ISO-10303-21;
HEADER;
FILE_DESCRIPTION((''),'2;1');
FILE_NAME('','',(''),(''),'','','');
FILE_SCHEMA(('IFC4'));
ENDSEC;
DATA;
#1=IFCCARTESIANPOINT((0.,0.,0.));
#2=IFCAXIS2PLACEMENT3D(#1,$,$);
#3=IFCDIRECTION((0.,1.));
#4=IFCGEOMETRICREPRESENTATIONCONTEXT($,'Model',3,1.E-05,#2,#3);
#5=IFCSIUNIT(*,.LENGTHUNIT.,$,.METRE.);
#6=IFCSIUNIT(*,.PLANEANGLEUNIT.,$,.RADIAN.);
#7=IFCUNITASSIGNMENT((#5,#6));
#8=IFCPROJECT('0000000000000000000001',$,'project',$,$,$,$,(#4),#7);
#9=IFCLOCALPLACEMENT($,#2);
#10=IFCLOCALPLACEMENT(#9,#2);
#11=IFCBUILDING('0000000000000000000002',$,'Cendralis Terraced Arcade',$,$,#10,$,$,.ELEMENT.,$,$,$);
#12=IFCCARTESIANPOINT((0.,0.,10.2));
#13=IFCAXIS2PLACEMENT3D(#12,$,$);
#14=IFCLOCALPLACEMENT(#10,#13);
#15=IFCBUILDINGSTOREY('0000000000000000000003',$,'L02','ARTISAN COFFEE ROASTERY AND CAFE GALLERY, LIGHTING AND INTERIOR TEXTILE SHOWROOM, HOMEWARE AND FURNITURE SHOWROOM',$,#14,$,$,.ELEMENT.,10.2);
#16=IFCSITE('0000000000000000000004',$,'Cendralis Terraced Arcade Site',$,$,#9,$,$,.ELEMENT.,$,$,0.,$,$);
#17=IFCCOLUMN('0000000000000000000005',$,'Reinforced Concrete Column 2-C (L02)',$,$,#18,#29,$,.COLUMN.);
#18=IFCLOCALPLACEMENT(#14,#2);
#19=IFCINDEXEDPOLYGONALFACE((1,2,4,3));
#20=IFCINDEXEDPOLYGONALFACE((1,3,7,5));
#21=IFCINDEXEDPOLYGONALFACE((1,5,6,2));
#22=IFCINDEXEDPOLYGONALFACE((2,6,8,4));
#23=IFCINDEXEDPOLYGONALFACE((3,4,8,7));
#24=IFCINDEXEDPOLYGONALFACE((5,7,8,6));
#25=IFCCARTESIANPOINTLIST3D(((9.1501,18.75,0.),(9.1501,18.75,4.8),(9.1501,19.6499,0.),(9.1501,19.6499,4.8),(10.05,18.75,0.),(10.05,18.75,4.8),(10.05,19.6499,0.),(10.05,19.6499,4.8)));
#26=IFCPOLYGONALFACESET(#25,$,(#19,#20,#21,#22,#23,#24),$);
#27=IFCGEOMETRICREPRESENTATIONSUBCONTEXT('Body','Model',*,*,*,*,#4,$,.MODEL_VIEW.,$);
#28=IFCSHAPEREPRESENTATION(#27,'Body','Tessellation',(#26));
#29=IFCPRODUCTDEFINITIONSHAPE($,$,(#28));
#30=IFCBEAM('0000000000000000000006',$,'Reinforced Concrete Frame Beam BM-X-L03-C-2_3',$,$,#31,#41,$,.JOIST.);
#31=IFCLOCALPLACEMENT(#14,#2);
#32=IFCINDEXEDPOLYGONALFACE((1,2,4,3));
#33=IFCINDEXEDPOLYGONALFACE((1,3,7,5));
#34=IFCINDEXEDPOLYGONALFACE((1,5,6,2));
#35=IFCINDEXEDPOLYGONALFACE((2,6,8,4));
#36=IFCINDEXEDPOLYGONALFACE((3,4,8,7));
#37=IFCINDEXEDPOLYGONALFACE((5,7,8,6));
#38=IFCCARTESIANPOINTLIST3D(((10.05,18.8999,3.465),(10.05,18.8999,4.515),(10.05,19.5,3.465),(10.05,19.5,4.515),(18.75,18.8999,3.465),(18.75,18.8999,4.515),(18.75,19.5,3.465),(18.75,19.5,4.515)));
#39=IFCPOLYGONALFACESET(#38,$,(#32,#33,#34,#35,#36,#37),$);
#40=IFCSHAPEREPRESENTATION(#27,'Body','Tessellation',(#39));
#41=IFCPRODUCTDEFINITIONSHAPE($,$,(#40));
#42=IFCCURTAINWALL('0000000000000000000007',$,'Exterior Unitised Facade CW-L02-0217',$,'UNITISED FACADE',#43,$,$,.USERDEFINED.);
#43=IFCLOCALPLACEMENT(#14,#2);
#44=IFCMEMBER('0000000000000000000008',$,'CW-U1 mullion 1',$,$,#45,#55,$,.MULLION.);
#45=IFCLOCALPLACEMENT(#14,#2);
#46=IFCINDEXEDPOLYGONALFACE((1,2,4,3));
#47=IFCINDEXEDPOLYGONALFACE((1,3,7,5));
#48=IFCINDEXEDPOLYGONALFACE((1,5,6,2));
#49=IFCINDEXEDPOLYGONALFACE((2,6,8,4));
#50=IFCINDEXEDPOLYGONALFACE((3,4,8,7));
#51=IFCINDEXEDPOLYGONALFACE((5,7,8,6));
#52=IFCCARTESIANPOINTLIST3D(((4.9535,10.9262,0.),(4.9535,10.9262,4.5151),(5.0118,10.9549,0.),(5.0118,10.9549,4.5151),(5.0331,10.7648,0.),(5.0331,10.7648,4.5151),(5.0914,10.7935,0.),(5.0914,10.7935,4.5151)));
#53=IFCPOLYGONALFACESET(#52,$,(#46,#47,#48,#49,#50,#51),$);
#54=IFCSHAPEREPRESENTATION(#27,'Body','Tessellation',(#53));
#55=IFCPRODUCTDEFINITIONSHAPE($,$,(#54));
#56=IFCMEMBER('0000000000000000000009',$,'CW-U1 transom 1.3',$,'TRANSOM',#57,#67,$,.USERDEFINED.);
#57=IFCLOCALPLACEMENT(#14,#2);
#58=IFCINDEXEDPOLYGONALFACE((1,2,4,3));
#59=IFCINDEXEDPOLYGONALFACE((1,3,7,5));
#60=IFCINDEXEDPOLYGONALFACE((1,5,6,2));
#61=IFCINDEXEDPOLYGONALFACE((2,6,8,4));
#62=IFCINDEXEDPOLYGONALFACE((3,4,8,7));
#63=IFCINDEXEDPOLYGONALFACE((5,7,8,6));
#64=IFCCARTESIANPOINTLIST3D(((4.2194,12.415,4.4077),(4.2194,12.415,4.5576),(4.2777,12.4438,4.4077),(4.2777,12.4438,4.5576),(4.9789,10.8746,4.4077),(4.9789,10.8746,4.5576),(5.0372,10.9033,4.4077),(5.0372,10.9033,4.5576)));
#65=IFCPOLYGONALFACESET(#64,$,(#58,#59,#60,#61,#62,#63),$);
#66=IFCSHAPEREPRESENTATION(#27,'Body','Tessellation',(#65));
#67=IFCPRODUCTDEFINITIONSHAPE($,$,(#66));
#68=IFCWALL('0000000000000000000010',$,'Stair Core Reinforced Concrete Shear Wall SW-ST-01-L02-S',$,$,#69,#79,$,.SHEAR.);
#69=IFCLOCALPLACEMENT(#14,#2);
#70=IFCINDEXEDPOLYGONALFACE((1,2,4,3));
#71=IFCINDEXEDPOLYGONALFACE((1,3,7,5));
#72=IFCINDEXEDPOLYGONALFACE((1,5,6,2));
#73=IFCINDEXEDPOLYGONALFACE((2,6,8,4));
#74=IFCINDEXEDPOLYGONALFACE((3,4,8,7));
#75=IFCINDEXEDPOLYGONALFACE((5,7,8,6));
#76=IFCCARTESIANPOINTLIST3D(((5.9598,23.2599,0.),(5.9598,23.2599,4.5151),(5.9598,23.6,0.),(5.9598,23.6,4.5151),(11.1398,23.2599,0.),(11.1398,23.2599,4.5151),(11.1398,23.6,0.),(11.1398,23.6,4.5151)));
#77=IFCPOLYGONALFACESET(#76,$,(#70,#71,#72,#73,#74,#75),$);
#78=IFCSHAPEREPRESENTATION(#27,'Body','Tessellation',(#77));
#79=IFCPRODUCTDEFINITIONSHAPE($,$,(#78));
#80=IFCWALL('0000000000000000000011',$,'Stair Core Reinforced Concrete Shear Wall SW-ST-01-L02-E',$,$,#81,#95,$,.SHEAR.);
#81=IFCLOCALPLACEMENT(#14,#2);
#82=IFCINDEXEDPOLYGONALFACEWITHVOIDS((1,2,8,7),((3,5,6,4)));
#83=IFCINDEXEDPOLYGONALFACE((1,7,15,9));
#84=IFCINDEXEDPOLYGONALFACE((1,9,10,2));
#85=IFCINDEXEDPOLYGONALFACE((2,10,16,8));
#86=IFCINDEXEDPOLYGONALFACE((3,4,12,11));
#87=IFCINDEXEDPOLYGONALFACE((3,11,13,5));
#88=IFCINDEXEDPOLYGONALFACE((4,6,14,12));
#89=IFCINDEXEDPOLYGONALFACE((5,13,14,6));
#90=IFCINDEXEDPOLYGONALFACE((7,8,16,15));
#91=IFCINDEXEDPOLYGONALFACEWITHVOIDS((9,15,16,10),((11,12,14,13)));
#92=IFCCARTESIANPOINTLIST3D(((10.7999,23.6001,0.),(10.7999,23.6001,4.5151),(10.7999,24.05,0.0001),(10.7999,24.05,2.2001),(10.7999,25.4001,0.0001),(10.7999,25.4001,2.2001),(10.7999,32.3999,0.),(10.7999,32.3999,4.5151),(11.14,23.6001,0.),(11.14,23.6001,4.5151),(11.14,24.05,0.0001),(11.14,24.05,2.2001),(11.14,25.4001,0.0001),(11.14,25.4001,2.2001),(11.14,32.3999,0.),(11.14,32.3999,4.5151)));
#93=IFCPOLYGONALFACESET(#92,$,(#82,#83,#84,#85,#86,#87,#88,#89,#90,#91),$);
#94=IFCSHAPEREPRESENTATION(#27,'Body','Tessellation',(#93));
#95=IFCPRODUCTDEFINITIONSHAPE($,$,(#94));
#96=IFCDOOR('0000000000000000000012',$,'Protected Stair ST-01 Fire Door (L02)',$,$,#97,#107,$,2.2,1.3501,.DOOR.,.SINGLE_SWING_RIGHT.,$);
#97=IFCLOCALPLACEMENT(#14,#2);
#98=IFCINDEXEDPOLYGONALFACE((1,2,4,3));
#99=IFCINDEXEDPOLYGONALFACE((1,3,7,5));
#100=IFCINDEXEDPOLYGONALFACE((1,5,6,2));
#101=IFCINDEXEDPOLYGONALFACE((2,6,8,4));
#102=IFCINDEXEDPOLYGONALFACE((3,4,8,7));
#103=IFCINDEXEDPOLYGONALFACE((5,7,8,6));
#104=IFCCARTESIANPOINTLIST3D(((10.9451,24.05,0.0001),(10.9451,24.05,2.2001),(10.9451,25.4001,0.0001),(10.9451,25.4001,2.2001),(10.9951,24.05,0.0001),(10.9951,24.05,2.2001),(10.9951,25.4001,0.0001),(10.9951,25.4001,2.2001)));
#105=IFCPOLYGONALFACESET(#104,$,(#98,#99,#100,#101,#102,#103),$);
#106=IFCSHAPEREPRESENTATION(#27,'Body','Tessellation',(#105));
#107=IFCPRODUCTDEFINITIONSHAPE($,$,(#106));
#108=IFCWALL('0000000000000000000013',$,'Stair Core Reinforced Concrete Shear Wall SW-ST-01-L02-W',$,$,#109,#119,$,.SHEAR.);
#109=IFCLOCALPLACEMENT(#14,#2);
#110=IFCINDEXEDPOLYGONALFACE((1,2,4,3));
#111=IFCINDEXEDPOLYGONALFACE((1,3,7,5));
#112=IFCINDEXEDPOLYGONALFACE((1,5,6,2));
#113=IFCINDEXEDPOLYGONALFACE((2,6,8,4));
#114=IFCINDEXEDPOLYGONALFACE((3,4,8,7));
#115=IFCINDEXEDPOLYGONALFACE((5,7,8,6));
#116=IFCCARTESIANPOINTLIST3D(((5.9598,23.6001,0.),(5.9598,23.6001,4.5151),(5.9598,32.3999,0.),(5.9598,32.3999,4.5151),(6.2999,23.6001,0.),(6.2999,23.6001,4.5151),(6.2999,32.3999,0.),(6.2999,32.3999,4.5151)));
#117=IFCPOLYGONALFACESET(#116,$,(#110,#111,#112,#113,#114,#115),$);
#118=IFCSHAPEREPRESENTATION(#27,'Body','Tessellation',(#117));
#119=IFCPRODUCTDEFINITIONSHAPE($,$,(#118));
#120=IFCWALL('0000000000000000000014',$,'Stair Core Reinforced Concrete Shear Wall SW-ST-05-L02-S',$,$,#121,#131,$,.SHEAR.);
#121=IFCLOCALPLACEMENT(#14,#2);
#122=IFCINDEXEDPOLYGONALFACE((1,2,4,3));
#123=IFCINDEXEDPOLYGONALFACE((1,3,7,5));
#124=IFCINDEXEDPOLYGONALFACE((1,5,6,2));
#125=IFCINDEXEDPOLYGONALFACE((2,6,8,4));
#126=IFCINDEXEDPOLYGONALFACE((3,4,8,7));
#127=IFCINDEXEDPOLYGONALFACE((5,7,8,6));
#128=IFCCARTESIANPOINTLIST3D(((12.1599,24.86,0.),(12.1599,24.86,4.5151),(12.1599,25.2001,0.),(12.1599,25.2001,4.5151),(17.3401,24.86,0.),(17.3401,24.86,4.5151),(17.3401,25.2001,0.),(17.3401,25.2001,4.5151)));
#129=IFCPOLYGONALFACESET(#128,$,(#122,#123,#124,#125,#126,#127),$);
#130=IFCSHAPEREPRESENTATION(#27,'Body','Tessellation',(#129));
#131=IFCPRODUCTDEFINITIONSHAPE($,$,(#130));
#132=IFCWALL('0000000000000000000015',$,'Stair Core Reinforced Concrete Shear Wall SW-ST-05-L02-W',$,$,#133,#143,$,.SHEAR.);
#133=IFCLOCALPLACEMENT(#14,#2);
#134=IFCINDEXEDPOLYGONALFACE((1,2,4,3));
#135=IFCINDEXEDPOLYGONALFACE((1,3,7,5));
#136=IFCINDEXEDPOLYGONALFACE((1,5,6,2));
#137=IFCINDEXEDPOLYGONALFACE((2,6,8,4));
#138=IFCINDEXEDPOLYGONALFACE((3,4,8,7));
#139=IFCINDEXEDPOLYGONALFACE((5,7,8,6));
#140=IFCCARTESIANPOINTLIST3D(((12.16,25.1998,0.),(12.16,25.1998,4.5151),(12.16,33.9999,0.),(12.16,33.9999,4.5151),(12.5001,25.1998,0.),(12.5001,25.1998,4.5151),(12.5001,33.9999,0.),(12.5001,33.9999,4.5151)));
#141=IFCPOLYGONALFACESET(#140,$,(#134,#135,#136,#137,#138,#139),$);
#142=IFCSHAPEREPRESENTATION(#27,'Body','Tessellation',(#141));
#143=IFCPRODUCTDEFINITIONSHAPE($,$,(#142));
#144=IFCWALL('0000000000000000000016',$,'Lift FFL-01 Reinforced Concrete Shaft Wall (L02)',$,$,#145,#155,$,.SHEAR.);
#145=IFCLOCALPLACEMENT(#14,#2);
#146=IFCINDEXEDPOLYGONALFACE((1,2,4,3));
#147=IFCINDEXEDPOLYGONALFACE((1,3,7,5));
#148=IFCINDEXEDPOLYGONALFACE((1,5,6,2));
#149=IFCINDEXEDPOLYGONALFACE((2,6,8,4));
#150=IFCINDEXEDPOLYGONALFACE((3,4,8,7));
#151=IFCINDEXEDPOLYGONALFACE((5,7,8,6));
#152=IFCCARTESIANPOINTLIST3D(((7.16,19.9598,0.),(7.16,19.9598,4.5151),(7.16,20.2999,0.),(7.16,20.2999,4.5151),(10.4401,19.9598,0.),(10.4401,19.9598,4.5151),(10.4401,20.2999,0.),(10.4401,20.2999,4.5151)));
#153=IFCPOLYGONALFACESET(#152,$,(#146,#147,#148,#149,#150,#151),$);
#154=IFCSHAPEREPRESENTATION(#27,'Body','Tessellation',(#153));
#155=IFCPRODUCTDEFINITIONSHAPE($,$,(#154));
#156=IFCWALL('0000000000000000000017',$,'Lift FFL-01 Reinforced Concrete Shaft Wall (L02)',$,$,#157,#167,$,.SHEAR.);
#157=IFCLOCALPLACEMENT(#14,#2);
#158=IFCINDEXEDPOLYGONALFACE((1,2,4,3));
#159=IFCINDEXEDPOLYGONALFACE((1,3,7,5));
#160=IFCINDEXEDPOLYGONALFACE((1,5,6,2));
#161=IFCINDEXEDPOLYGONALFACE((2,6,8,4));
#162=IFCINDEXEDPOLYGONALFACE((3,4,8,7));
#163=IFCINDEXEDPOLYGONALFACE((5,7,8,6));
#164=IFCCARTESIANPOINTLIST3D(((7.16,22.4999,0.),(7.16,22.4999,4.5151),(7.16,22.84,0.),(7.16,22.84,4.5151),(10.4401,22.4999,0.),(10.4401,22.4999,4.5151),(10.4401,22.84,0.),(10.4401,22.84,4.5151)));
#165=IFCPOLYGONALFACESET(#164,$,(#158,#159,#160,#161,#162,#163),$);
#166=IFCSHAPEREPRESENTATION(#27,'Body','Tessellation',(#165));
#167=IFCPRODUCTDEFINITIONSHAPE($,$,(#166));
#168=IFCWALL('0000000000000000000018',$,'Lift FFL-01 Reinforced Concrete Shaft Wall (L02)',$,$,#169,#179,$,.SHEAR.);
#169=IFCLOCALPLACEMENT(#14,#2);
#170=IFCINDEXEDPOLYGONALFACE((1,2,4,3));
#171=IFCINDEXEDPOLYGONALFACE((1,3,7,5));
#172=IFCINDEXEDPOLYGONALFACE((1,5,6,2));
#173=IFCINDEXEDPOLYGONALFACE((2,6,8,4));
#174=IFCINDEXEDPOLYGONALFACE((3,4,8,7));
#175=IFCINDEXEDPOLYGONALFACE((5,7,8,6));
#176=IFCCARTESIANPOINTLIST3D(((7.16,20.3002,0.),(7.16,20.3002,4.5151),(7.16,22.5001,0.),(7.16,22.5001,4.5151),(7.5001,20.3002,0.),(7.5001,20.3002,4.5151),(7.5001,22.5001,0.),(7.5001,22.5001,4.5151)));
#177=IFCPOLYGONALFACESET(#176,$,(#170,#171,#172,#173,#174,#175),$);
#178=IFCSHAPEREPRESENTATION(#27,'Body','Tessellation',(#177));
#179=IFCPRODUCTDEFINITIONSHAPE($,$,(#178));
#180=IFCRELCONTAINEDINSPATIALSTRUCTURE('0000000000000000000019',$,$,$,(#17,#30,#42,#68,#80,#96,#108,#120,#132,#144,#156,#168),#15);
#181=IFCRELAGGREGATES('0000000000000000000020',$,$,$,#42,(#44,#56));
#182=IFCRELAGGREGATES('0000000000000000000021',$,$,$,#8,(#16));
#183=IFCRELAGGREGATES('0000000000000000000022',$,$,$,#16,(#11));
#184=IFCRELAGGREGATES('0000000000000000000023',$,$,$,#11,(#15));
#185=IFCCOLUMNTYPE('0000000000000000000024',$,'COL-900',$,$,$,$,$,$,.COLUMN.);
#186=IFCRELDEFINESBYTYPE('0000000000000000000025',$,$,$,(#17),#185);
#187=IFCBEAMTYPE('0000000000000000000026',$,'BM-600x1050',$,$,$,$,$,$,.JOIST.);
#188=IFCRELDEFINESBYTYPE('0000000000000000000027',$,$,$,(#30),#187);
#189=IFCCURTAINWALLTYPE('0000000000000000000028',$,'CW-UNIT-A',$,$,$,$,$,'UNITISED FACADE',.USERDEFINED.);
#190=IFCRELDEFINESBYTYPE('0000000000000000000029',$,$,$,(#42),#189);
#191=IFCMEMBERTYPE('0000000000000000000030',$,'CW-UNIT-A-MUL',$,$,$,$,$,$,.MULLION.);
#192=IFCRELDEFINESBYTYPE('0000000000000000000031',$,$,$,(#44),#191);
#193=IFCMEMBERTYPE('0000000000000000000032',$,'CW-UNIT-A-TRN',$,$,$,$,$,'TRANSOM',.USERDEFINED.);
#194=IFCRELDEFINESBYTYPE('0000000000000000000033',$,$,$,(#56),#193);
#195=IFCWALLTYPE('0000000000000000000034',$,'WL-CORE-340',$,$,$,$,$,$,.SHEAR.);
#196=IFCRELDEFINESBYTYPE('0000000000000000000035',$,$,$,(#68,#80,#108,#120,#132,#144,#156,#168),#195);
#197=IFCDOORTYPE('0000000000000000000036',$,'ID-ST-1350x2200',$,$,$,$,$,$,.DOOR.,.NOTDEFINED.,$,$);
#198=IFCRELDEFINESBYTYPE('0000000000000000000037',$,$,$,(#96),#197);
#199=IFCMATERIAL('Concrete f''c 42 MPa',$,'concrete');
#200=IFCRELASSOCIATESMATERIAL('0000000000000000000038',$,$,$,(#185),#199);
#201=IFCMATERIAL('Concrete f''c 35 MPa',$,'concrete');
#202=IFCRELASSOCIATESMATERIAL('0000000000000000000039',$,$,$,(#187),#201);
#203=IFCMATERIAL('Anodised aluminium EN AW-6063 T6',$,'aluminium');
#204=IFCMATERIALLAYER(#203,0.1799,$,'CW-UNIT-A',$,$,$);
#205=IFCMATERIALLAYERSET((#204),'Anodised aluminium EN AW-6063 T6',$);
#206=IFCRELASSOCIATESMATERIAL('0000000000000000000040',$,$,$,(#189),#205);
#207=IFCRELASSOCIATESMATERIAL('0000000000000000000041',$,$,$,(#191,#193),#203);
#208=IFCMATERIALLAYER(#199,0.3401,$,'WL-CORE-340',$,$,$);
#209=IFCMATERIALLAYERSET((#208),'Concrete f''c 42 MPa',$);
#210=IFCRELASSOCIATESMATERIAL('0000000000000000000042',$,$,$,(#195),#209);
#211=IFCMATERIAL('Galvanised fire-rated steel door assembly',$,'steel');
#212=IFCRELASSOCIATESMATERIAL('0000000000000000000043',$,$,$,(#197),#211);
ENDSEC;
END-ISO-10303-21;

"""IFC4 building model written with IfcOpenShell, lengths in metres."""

from ifc_helpers import new_model, si_unit, direction, frame, frame_2d, origin, origin_2d, place, context, subcontext, project, spatial, rectangle, extrude, material, layer, layer_set, material_profile, profile_set, type_object, element, fill, aggregate, save


model = new_model("IFC4")

# Units and contexts
model_context = context("Model", 3, precision=1e-05, world=origin(), true_north=direction((0.0, 1.0)))
body_context = subcontext(model_context, "Body", "Model", "MODEL_VIEW")
ifc_project = project(units=[si_unit("LENGTHUNIT", "METRE"), si_unit("PLANEANGLEUNIT", "RADIAN")], contexts=[model_context])

# Site, building, storey
site_placement = place(None, origin())
site = spatial("IfcSite", under=ifc_project, at=site_placement, Name="Cendralis Terraced Arcade Site", CompositionType="ELEMENT", RefElevation=0.0)
building_placement = place(site_placement, origin())
building = spatial("IfcBuilding", under=site, at=building_placement, Name="Cendralis Terraced Arcade", CompositionType="ELEMENT")
storey_placement = place(building_placement, frame((0.0, 0.0, 10.2)))
storey = spatial("IfcBuildingStorey", under=building, at=storey_placement, Name="L02", Description="ARTISAN COFFEE ROASTERY AND CAFE GALLERY, LIGHTING AND INTERIOR TEXTILE SHOWROOM, HOMEWARE AND FURNITURE SHOWROOM", CompositionType="ELEMENT", Elevation=10.2)

# Column
ifc_material_1 = material(Name="Concrete f'c 42 MPa", Category="concrete")
ifc_material_profile_1 = material_profile(ifc_material_1, rectangle(XDim=0.8999, YDim=0.8999, at=origin_2d()), Name="RC-COL-900x900", Category="LoadBearing")
ifc_profile_set_1 = profile_set([ifc_material_profile_1], Name="Concrete f'c 42 MPa")
column_type = type_object("IfcColumnType", Name="COL-900", PredefinedType="COLUMN", material=ifc_profile_set_1)
column_placement = place(storey_placement, frame((9.6001, 19.2, 0.0), z_axis=(0.0, 0.0, 1.0), x_axis=(1.0, 0.0, 0.0)))
element("IfcColumn", 1, at=column_placement, inside=storey, type_object=column_type, Name="Reinforced Concrete Column 2-C (L02)", PredefinedType="COLUMN", context=body_context, shape_type="SweptSolid", body=[
    extrude(rectangle(XDim=0.8999, YDim=0.8999, at=origin_2d()), origin(), (0.0, 0.0, 1.0), 4.8),
])

# Beam
ifc_material_2 = material(Name="Concrete f'c 35 MPa", Category="concrete")
ifc_material_profile_2 = material_profile(ifc_material_2, rectangle(XDim=0.6001, YDim=1.05, at=origin_2d()), Name="RC-BM-600x1050", Category="LoadBearing")
ifc_profile_set_2 = profile_set([ifc_material_profile_2], Name="Concrete f'c 35 MPa")
beam_type = type_object("IfcBeamType", Name="BM-600x1050", PredefinedType="JOIST", material=ifc_profile_set_2)
beam_placement = place(storey_placement, frame((10.05, 19.2, 3.99), z_axis=(1.0, 0.0, 0.0), x_axis=(0.0, 1.0, 0.0)))
element("IfcBeam", 2, at=beam_placement, inside=storey, type_object=beam_type, Name="Reinforced Concrete Frame Beam BM-X-L03-C-2_3", PredefinedType="JOIST", context=body_context, shape_type="SweptSolid", body=[
    extrude(rectangle(XDim=0.6001, YDim=1.05, at=origin_2d()), origin(), (0.0, 0.0, 1.0), 8.7),
])

# Curtain wall, members
ifc_material_3 = material(Name="Anodised aluminium EN AW-6063 T6", Category="aluminium")
ifc_layer_1 = layer(ifc_material_3, 0.1799, Name="CW-UNIT-A")
ifc_layer_set_1 = layer_set([ifc_layer_1], Name="Anodised aluminium EN AW-6063 T6")
curtain_wall_type = type_object("IfcCurtainWallType", Name="CW-UNIT-A", ElementType="UNITISED FACADE", PredefinedType="USERDEFINED", material=ifc_layer_set_1)
curtain_wall_placement = place(storey_placement, origin())
curtain_wall = element("IfcCurtainWall", 3, at=curtain_wall_placement, inside=storey, type_object=curtain_wall_type, Name="Exterior Unitised Facade CW-L02-0217", ObjectType="UNITISED FACADE", PredefinedType="USERDEFINED")
ifc_material_profile_3 = material_profile(ifc_material_3, rectangle(XDim=0.0649, YDim=0.1799, at=origin_2d()), Name="ALU-MUL-65x180")
ifc_profile_set_3 = profile_set([ifc_material_profile_3], Name="Anodised aluminium EN AW-6063 T6")
member_type_1 = type_object("IfcMemberType", Name="CW-UNIT-A-MUL", PredefinedType="MULLION", material=ifc_profile_set_3)
member_1_placement = place(storey_placement, frame((5.0225, 10.8599, 0.0), z_axis=(0.0, 0.0, 1.0), x_axis=(-0.896882, -0.44227, 0.0)))
member_1 = element("IfcMember", 4, at=member_1_placement, type_object=member_type_1, Name="CW-U1 mullion 1", PredefinedType="MULLION", context=body_context, shape_type="SweptSolid", body=[
    extrude(rectangle(XDim=0.0649, YDim=0.1799, at=origin_2d()), origin(), (0.0, 0.0, 1.0), 4.5151),
])
ifc_material_profile_4 = material_profile(ifc_material_3, rectangle(XDim=0.0649, YDim=0.1499, at=origin_2d()), Name="ALU-TRN-65x150")
ifc_profile_set_4 = profile_set([ifc_material_profile_4], Name="Anodised aluminium EN AW-6063 T6")
member_type_2 = type_object("IfcMemberType", Name="CW-UNIT-A-TRN", ElementType="TRANSOM", PredefinedType="USERDEFINED", material=ifc_profile_set_4)
member_2_placement = place(storey_placement, frame((5.0081, 10.8889, 4.4827), z_axis=(-0.442203, 0.896915, 0.0), x_axis=(-0.896915, -0.442203, 0.0)))
member_2 = element("IfcMember", 5, at=member_2_placement, type_object=member_type_2, Name="CW-U1 transom 1.3", ObjectType="TRANSOM", PredefinedType="USERDEFINED", context=body_context, shape_type="SweptSolid", body=[
    extrude(rectangle(XDim=0.0649, YDim=0.1499, at=origin_2d()), origin(), (0.0, 0.0, 1.0), 1.7175),
])
aggregate(curtain_wall, [member_1, member_2])

# Wall
ifc_layer_2 = layer(ifc_material_1, 0.3401, Name="WL-CORE-340")
ifc_layer_set_2 = layer_set([ifc_layer_2], Name="Concrete f'c 42 MPa")
wall_type_1 = type_object("IfcWallType", Name="WL-CORE-340", PredefinedType="SHEAR", material=ifc_layer_set_2)
wall_1_placement = place(storey_placement, frame((5.96, 23.4299, 0.0), z_axis=(0.0, 0.0, 1.0), x_axis=(1.0, 0.0, 0.0)))
element("IfcWall", 6, at=wall_1_placement, inside=storey, type_object=wall_type_1, Name="Stair Core Reinforced Concrete Shear Wall SW-ST-01-L02-S", PredefinedType="SHEAR", context=body_context, shape_type="SweptSolid", body=[
    extrude(rectangle(XDim=5.1799, YDim=0.3401, at=frame_2d((2.5898, 0.0))), origin(), (0.0, 0.0, 1.0), 4.5151),
])

# Wall, opening, door
wall_2_placement = place(storey_placement, frame((10.97, 23.6001, 0.0), z_axis=(0.0, 0.0, 1.0), x_axis=(0.0, 1.0, 0.0)))
wall_2 = element("IfcWall", 7, at=wall_2_placement, inside=storey, type_object=wall_type_1, Name="Stair Core Reinforced Concrete Shear Wall SW-ST-01-L02-E", PredefinedType="SHEAR", context=body_context, shape_type="SweptSolid", body=[
    extrude(rectangle(XDim=8.7998, YDim=0.3401, at=frame_2d((4.3999, 0.0))), origin(), (0.0, 0.0, 1.0), 4.5151),
])
opening_1_placement = place(wall_2_placement, frame((0.45, 0.0, 0.0)))
opening_1 = element("IfcOpeningElement", 8, at=opening_1_placement, cuts=wall_2, PredefinedType="OPENING", context=body_context, shape_type="SweptSolid", body=[
    extrude(rectangle(XDim=1.3501, YDim=2.2, at=frame_2d((0.675, 1.1001))), frame((0.0, 0.1821, 0.0), z_axis=(0.0, -1.0, 0.0), x_axis=(1.0, 0.0, 0.0)), (0.0, 0.0, 1.0), 0.364),
])
ifc_material_4 = material(Name="Galvanised fire-rated steel door assembly", Category="steel")
door_type_1 = type_object("IfcDoorType", Name="ID-ST-1350x2200", OperationType="NOTDEFINED", PredefinedType="DOOR", material=ifc_material_4)
door_1_placement = place(opening_1_placement, origin())
door_1 = element("IfcDoor", 9, at=door_1_placement, inside=storey, type_object=door_type_1, Name="Protected Stair ST-01 Fire Door (L02)", OperationType="SINGLE_SWING_RIGHT", OverallHeight=2.2, OverallWidth=1.3501, PredefinedType="DOOR", context=body_context, shape_type="SweptSolid", body=[
    extrude(rectangle(XDim=1.3501, YDim=2.2, at=frame_2d((0.675, 1.1001))), frame((0.0, 0.0249, 0.0), z_axis=(0.0, -1.0, 0.0), x_axis=(1.0, 0.0, 0.0)), (0.0, 0.0, 1.0), 0.05),
])
fill(opening_1, door_1)

# Walls
wall_3_placement = place(storey_placement, frame((6.1299, 23.6001, 0.0), z_axis=(0.0, 0.0, 1.0), x_axis=(0.0, 1.0, 0.0)))
element("IfcWall", 10, at=wall_3_placement, inside=storey, type_object=wall_type_1, Name="Stair Core Reinforced Concrete Shear Wall SW-ST-01-L02-W", PredefinedType="SHEAR", context=body_context, shape_type="SweptSolid", body=[
    extrude(rectangle(XDim=8.7998, YDim=0.3401, at=frame_2d((4.3999, 0.0))), origin(), (0.0, 0.0, 1.0), 4.5151),
])
wall_4_placement = place(storey_placement, frame((12.1599, 25.03, 0.0), z_axis=(0.0, 0.0, 1.0), x_axis=(1.0, 0.0, 0.0)))
element("IfcWall", 11, at=wall_4_placement, inside=storey, type_object=wall_type_1, Name="Stair Core Reinforced Concrete Shear Wall SW-ST-05-L02-S", PredefinedType="SHEAR", context=body_context, shape_type="SweptSolid", body=[
    extrude(rectangle(XDim=5.1802, YDim=0.3401, at=frame_2d((2.5901, 0.0))), origin(), (0.0, 0.0, 1.0), 4.5151),
])
wall_5_placement = place(storey_placement, frame((12.3301, 25.2, 0.0), z_axis=(0.0, 0.0, 1.0), x_axis=(0.0, 1.0, 0.0)))
element("IfcWall", 12, at=wall_5_placement, inside=storey, type_object=wall_type_1, Name="Stair Core Reinforced Concrete Shear Wall SW-ST-05-L02-W", PredefinedType="SHEAR", context=body_context, shape_type="SweptSolid", body=[
    extrude(rectangle(XDim=8.8, YDim=0.3401, at=frame_2d((4.3999, 0.0))), origin(), (0.0, 0.0, 1.0), 4.5151),
])
for number, where, z_axis, x_axis, name in (
    (13, (7.1599, 20.1299, 0.0), (0.0, 0.0, 1.0), (1.0, 0.0, 0.0), "Lift FFL-01 Reinforced Concrete Shaft Wall (L02)"),
    (14, (7.1599, 22.6699, 0.0), (0.0, 0.0, 1.0), (1.0, 0.0, 0.0), "Lift FFL-01 Reinforced Concrete Shaft Wall (L02)"),
):
    element("IfcWall", number, at=place(storey_placement, frame(where, z_axis=z_axis, x_axis=x_axis)), inside=storey, type_object=wall_type_1, Name=name, PredefinedType="SHEAR", context=body_context, shape_type="SweptSolid", body=[
        extrude(rectangle(XDim=3.28, YDim=0.3401, at=frame_2d((1.6401, 0.0))), origin(), (0.0, 0.0, 1.0), 4.5151),
    ])
wall_6_placement = place(storey_placement, frame((7.3301, 20.3, 0.0), z_axis=(0.0, 0.0, 1.0), x_axis=(0.0, 1.0, 0.0)))
element("IfcWall", 15, at=wall_6_placement, inside=storey, type_object=wall_type_1, Name="Lift FFL-01 Reinforced Concrete Shaft Wall (L02)", PredefinedType="SHEAR", context=body_context, shape_type="SweptSolid", body=[
    extrude(rectangle(XDim=2.2, YDim=0.3401, at=frame_2d((1.1001, 0.0))), origin(), (0.0, 0.0, 1.0), 4.5151),
])

save(model, "model.ifc")
